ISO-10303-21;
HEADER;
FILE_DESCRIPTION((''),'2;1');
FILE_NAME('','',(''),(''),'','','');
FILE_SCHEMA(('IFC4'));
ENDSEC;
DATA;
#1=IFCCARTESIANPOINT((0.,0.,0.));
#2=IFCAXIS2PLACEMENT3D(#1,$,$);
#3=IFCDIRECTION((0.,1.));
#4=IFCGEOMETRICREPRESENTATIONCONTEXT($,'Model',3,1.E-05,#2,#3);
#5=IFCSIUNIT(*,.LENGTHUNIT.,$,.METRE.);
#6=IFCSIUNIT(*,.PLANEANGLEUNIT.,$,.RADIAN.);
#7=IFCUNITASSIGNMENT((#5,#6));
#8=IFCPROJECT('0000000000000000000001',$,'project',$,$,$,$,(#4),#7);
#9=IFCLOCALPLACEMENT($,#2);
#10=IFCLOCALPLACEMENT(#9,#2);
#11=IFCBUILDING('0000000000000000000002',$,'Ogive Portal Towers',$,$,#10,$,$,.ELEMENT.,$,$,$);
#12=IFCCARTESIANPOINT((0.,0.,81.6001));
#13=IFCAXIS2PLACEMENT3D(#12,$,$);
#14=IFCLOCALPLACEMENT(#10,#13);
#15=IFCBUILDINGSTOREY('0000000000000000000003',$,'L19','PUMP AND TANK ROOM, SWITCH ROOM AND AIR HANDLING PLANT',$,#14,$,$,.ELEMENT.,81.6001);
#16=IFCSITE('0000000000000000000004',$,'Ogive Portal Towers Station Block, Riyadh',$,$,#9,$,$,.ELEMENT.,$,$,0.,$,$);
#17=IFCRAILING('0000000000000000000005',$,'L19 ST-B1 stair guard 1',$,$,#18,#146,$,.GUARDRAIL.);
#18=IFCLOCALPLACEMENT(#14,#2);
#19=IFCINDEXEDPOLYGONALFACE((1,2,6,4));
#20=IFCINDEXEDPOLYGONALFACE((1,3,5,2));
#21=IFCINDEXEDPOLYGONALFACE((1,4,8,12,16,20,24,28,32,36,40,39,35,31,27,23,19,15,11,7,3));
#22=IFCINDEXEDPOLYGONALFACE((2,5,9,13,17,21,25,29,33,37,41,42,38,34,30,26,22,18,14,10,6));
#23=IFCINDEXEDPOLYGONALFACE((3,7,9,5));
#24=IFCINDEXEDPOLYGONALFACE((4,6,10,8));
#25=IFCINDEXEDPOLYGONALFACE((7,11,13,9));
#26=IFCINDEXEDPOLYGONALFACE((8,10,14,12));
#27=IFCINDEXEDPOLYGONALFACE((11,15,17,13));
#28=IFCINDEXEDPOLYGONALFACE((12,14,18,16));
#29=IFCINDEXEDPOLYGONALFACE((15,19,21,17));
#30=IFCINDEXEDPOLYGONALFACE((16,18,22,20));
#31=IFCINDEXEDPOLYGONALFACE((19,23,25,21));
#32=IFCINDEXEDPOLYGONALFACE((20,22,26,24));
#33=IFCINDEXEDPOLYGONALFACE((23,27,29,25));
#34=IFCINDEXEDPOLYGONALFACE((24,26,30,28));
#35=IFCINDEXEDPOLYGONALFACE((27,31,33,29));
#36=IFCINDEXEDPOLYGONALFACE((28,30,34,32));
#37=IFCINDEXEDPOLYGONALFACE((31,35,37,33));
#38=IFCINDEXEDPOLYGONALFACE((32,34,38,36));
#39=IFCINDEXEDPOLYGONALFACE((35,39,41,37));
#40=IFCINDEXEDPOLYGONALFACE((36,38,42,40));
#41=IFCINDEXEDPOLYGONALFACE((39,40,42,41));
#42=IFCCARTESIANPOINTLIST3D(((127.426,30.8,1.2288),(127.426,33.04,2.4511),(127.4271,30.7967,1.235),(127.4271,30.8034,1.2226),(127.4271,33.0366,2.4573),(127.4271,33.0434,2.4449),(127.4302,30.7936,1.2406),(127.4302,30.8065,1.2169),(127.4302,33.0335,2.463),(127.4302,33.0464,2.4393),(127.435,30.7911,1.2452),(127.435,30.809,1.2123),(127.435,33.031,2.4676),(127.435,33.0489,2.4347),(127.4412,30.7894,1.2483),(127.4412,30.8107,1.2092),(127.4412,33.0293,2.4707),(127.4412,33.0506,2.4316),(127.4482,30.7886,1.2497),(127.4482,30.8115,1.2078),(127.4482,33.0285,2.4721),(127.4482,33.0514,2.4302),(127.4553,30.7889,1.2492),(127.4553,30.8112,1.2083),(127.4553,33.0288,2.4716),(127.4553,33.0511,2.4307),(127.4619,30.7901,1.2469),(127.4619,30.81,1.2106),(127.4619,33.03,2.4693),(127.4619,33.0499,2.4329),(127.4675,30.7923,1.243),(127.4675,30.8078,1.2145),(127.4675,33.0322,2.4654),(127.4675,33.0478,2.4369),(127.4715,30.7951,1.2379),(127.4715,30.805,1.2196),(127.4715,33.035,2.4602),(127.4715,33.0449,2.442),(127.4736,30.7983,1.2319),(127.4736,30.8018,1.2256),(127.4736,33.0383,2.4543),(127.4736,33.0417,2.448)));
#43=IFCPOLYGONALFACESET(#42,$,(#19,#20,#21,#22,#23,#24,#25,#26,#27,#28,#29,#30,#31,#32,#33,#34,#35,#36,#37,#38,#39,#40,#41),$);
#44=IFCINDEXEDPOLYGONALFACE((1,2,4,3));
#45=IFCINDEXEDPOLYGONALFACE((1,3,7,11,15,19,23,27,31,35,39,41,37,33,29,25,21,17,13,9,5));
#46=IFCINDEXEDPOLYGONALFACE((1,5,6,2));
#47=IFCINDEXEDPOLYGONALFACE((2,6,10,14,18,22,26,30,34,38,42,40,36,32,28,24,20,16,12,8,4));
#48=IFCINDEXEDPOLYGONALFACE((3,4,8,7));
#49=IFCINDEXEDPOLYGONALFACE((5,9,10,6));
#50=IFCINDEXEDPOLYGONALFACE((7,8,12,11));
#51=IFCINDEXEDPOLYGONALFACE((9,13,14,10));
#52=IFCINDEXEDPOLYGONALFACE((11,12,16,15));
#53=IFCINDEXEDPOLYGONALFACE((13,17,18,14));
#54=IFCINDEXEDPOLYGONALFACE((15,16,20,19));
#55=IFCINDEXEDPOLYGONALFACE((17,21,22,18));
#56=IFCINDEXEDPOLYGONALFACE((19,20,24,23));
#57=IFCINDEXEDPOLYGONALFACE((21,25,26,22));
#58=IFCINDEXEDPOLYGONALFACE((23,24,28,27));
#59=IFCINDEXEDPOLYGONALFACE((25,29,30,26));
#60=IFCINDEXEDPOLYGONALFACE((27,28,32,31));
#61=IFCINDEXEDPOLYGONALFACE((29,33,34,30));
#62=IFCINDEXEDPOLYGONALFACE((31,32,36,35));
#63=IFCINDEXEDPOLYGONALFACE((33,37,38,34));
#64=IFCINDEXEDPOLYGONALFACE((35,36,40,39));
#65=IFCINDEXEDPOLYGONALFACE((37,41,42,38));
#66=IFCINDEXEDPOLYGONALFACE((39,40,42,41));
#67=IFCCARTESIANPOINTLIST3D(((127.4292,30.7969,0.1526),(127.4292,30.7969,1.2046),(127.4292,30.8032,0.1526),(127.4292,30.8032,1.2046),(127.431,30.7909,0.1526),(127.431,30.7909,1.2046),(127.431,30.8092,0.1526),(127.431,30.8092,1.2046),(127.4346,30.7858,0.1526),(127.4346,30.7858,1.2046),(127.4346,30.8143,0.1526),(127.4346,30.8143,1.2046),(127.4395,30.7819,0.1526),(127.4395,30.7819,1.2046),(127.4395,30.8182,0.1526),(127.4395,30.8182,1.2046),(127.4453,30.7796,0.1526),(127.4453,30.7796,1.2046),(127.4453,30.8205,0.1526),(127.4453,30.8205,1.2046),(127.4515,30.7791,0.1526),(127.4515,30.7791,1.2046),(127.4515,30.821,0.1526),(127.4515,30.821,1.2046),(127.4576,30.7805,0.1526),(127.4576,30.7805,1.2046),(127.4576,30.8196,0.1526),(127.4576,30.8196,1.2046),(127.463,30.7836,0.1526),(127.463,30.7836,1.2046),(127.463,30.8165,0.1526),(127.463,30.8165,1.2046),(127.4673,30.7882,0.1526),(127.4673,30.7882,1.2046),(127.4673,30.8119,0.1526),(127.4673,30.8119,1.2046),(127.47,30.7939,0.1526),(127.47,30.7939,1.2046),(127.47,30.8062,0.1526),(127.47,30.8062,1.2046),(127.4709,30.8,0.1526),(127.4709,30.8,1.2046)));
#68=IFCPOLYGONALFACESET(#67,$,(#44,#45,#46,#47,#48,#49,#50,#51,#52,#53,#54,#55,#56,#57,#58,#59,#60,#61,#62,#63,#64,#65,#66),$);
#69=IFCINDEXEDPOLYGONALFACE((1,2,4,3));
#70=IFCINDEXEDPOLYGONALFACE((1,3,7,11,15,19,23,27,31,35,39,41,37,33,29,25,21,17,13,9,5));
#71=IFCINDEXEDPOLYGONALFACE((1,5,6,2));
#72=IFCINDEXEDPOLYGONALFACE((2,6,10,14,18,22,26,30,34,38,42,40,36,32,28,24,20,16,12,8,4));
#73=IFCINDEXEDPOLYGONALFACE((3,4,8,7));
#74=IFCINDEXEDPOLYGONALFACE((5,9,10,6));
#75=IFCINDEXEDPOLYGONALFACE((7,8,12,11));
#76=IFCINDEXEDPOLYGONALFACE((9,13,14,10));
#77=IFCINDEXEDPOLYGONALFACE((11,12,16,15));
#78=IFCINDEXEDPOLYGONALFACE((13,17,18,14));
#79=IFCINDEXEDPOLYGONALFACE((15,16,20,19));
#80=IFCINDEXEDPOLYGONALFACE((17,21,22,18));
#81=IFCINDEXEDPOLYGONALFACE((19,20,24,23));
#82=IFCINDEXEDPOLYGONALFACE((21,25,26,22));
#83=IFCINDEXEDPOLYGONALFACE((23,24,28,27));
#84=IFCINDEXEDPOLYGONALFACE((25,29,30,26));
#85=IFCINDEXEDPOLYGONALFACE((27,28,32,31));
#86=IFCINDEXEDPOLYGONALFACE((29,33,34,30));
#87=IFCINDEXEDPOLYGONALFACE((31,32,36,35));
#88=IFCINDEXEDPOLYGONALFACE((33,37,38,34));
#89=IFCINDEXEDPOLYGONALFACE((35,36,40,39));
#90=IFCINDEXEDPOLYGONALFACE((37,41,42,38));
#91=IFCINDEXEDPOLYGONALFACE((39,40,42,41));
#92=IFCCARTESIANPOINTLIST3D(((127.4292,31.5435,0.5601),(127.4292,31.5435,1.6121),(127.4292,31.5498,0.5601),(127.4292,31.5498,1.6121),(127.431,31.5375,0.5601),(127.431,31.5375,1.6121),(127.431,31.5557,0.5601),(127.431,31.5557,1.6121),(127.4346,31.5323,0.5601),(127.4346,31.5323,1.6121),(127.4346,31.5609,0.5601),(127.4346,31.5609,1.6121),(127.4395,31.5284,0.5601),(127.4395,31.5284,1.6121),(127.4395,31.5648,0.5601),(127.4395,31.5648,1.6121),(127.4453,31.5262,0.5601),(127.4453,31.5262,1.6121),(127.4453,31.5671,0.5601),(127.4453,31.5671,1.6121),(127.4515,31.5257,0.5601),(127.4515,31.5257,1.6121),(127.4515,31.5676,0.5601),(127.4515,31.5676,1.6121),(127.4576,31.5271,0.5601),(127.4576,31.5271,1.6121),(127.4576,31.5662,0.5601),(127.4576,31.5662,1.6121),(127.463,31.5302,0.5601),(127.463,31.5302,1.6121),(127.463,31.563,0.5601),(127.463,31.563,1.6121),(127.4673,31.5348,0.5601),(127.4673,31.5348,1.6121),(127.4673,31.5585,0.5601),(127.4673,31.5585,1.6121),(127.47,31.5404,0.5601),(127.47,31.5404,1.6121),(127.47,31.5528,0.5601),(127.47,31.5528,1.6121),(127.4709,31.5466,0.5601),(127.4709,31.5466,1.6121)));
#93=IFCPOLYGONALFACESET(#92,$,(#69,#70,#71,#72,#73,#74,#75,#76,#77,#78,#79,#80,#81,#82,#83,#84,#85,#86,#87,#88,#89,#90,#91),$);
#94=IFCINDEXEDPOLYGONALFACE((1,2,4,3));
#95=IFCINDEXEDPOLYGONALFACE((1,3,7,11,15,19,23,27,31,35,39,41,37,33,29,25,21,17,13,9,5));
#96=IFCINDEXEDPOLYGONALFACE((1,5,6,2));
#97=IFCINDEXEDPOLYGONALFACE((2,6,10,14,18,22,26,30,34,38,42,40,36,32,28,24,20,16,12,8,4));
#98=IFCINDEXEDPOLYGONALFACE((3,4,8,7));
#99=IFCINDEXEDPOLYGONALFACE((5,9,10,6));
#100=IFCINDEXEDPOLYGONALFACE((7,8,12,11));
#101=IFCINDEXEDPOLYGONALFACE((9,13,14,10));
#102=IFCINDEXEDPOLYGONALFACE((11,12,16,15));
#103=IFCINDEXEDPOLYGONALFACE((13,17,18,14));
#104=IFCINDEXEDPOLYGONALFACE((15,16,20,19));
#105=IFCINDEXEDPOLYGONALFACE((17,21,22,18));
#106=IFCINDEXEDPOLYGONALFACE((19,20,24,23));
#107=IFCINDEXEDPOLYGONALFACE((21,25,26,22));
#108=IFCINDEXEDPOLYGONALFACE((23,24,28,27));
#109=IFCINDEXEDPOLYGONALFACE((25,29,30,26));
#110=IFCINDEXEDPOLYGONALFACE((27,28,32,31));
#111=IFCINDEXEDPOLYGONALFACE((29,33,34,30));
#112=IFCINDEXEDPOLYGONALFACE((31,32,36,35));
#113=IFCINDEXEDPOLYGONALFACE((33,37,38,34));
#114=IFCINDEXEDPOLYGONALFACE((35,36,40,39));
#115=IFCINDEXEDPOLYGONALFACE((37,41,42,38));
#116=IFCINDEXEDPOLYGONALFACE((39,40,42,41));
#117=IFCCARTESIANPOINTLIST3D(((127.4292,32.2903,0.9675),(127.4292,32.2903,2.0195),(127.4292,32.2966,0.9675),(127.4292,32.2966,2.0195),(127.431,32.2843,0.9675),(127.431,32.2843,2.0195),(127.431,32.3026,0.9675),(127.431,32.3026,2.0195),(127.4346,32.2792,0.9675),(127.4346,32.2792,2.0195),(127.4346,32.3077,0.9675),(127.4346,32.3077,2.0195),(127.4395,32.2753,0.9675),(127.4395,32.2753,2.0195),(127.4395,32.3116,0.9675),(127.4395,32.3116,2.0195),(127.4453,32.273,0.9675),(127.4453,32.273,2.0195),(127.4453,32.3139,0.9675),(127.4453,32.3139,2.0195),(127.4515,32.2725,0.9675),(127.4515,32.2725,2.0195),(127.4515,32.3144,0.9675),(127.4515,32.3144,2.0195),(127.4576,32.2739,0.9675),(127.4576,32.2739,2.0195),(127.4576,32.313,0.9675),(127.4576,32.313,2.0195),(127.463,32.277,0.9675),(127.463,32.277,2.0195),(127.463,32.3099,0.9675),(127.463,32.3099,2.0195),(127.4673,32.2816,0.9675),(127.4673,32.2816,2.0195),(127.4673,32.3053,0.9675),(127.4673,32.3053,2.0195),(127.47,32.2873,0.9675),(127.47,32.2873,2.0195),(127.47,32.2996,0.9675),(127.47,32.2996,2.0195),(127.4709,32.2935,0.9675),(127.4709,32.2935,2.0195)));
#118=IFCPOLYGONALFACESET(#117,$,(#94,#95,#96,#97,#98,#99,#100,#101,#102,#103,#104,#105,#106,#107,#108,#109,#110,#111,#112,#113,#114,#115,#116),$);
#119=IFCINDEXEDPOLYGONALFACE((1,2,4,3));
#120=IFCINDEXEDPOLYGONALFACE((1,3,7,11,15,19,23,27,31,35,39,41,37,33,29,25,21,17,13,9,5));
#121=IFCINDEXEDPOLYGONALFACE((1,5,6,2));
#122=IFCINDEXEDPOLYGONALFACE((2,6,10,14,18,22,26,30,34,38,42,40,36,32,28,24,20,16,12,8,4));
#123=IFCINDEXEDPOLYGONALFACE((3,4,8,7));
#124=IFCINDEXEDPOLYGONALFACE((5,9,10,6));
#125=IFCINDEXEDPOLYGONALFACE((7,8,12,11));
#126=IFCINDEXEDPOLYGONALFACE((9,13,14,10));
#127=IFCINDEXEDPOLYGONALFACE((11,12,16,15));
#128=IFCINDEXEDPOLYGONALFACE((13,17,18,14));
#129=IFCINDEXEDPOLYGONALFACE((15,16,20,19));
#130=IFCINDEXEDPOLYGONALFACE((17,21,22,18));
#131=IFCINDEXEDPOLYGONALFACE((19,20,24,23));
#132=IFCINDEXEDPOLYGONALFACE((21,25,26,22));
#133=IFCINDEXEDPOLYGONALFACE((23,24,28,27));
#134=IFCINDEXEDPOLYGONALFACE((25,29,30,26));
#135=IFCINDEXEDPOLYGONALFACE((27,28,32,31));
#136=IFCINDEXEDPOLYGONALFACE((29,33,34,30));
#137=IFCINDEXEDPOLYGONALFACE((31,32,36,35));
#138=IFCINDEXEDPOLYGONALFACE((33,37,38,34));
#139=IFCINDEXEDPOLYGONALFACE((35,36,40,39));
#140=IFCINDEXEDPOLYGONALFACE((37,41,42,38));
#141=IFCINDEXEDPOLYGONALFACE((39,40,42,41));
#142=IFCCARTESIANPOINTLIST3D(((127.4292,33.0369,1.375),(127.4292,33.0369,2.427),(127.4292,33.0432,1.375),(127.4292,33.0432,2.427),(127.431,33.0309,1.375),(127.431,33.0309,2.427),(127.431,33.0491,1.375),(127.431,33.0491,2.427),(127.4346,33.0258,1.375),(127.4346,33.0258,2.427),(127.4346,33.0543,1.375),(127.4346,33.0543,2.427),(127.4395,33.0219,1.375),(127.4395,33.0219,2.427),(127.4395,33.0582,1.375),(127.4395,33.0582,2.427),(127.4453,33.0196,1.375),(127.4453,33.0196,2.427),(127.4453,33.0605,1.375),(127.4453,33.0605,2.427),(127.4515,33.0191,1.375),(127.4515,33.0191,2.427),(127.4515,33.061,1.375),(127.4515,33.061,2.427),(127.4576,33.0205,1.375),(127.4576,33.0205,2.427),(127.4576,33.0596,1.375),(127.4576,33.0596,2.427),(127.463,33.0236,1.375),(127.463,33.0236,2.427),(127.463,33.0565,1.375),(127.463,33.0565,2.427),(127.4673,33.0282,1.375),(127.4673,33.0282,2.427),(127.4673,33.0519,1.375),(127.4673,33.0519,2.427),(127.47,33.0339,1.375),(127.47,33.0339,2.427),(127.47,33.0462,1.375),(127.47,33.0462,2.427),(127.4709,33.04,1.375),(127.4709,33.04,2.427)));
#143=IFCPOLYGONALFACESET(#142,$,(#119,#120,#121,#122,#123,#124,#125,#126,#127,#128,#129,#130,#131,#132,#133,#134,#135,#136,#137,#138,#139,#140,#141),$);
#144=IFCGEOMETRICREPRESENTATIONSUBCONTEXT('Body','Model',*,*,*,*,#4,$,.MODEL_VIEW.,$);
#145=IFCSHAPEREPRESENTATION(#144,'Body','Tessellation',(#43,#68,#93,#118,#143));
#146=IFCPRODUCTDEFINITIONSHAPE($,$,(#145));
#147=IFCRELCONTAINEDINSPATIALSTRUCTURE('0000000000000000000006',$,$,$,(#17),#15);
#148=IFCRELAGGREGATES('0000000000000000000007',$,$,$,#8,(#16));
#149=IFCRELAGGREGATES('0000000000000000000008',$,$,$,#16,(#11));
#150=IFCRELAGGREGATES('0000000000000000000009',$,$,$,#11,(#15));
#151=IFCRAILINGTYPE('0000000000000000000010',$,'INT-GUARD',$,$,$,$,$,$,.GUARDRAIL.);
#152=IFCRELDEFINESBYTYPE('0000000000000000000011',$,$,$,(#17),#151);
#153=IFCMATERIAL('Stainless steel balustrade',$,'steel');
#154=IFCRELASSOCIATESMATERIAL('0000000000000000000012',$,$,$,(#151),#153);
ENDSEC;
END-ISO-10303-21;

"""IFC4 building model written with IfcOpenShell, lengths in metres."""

from ifc_helpers import new_model, si_unit, direction, frame, origin, origin_2d, place, context, subcontext, project, spatial, circle, extrude, material, type_object, element, save


model = new_model("IFC4")

# Units and contexts
model_context = context("Model", 3, precision=1e-05, world=origin(), true_north=direction((0.0, 1.0)))
body_context = subcontext(model_context, "Body", "Model", "MODEL_VIEW")
ifc_project = project(units=[si_unit("LENGTHUNIT", "METRE"), si_unit("PLANEANGLEUNIT", "RADIAN")], contexts=[model_context])

# Site, building, storey
site_placement = place(None, origin())
site = spatial("IfcSite", under=ifc_project, at=site_placement, Name="Ogive Portal Towers Station Block, Riyadh", CompositionType="ELEMENT", RefElevation=0.0)
building_placement = place(site_placement, origin())
building = spatial("IfcBuilding", under=site, at=building_placement, Name="Ogive Portal Towers", CompositionType="ELEMENT")
storey_placement = place(building_placement, frame((0.0, 0.0, 81.6001)))
storey = spatial("IfcBuildingStorey", under=building, at=storey_placement, Name="L19", Description="PUMP AND TANK ROOM, SWITCH ROOM AND AIR HANDLING PLANT", CompositionType="ELEMENT", Elevation=81.6001)

# Railing
ifc_material_1 = material(Name="Stainless steel balustrade", Category="steel")
railing_type_1 = type_object("IfcRailingType", Name="INT-GUARD", PredefinedType="GUARDRAIL", material=ifc_material_1)
railing_1_placement = place(storey_placement, frame((127.45, 30.8, 0.1526)))
element("IfcRailing", 1, at=railing_1_placement, inside=storey, type_object=railing_type_1, Name="L19 ST-B1 stair guard 1", PredefinedType="GUARDRAIL", context=body_context, shape_type="SweptSolid", body=[
    extrude(circle(Radius=0.0239, at=origin_2d()), frame((0.0, 0.0, 1.0762), z_axis=(0.0, 0.877797, 0.479033), x_axis=(-1.0, 0.0, 0.0)), (0.0, 0.0, 1.0), 2.5518),
    extrude(circle(Radius=0.021, at=origin_2d()), origin(), (0.0, 0.0, 1.0), 1.052),
    extrude(circle(Radius=0.021, at=origin_2d()), frame((0.0, 0.7466, 0.4075)), (0.0, 0.0, 1.0), 1.052),
    extrude(circle(Radius=0.021, at=origin_2d()), frame((0.0, 1.4934, 0.8149)), (0.0, 0.0, 1.0), 1.052),
    extrude(circle(Radius=0.021, at=origin_2d()), frame((0.0, 2.24, 1.2224)), (0.0, 0.0, 1.0), 1.052),
])

save(model, "model.ifc")
